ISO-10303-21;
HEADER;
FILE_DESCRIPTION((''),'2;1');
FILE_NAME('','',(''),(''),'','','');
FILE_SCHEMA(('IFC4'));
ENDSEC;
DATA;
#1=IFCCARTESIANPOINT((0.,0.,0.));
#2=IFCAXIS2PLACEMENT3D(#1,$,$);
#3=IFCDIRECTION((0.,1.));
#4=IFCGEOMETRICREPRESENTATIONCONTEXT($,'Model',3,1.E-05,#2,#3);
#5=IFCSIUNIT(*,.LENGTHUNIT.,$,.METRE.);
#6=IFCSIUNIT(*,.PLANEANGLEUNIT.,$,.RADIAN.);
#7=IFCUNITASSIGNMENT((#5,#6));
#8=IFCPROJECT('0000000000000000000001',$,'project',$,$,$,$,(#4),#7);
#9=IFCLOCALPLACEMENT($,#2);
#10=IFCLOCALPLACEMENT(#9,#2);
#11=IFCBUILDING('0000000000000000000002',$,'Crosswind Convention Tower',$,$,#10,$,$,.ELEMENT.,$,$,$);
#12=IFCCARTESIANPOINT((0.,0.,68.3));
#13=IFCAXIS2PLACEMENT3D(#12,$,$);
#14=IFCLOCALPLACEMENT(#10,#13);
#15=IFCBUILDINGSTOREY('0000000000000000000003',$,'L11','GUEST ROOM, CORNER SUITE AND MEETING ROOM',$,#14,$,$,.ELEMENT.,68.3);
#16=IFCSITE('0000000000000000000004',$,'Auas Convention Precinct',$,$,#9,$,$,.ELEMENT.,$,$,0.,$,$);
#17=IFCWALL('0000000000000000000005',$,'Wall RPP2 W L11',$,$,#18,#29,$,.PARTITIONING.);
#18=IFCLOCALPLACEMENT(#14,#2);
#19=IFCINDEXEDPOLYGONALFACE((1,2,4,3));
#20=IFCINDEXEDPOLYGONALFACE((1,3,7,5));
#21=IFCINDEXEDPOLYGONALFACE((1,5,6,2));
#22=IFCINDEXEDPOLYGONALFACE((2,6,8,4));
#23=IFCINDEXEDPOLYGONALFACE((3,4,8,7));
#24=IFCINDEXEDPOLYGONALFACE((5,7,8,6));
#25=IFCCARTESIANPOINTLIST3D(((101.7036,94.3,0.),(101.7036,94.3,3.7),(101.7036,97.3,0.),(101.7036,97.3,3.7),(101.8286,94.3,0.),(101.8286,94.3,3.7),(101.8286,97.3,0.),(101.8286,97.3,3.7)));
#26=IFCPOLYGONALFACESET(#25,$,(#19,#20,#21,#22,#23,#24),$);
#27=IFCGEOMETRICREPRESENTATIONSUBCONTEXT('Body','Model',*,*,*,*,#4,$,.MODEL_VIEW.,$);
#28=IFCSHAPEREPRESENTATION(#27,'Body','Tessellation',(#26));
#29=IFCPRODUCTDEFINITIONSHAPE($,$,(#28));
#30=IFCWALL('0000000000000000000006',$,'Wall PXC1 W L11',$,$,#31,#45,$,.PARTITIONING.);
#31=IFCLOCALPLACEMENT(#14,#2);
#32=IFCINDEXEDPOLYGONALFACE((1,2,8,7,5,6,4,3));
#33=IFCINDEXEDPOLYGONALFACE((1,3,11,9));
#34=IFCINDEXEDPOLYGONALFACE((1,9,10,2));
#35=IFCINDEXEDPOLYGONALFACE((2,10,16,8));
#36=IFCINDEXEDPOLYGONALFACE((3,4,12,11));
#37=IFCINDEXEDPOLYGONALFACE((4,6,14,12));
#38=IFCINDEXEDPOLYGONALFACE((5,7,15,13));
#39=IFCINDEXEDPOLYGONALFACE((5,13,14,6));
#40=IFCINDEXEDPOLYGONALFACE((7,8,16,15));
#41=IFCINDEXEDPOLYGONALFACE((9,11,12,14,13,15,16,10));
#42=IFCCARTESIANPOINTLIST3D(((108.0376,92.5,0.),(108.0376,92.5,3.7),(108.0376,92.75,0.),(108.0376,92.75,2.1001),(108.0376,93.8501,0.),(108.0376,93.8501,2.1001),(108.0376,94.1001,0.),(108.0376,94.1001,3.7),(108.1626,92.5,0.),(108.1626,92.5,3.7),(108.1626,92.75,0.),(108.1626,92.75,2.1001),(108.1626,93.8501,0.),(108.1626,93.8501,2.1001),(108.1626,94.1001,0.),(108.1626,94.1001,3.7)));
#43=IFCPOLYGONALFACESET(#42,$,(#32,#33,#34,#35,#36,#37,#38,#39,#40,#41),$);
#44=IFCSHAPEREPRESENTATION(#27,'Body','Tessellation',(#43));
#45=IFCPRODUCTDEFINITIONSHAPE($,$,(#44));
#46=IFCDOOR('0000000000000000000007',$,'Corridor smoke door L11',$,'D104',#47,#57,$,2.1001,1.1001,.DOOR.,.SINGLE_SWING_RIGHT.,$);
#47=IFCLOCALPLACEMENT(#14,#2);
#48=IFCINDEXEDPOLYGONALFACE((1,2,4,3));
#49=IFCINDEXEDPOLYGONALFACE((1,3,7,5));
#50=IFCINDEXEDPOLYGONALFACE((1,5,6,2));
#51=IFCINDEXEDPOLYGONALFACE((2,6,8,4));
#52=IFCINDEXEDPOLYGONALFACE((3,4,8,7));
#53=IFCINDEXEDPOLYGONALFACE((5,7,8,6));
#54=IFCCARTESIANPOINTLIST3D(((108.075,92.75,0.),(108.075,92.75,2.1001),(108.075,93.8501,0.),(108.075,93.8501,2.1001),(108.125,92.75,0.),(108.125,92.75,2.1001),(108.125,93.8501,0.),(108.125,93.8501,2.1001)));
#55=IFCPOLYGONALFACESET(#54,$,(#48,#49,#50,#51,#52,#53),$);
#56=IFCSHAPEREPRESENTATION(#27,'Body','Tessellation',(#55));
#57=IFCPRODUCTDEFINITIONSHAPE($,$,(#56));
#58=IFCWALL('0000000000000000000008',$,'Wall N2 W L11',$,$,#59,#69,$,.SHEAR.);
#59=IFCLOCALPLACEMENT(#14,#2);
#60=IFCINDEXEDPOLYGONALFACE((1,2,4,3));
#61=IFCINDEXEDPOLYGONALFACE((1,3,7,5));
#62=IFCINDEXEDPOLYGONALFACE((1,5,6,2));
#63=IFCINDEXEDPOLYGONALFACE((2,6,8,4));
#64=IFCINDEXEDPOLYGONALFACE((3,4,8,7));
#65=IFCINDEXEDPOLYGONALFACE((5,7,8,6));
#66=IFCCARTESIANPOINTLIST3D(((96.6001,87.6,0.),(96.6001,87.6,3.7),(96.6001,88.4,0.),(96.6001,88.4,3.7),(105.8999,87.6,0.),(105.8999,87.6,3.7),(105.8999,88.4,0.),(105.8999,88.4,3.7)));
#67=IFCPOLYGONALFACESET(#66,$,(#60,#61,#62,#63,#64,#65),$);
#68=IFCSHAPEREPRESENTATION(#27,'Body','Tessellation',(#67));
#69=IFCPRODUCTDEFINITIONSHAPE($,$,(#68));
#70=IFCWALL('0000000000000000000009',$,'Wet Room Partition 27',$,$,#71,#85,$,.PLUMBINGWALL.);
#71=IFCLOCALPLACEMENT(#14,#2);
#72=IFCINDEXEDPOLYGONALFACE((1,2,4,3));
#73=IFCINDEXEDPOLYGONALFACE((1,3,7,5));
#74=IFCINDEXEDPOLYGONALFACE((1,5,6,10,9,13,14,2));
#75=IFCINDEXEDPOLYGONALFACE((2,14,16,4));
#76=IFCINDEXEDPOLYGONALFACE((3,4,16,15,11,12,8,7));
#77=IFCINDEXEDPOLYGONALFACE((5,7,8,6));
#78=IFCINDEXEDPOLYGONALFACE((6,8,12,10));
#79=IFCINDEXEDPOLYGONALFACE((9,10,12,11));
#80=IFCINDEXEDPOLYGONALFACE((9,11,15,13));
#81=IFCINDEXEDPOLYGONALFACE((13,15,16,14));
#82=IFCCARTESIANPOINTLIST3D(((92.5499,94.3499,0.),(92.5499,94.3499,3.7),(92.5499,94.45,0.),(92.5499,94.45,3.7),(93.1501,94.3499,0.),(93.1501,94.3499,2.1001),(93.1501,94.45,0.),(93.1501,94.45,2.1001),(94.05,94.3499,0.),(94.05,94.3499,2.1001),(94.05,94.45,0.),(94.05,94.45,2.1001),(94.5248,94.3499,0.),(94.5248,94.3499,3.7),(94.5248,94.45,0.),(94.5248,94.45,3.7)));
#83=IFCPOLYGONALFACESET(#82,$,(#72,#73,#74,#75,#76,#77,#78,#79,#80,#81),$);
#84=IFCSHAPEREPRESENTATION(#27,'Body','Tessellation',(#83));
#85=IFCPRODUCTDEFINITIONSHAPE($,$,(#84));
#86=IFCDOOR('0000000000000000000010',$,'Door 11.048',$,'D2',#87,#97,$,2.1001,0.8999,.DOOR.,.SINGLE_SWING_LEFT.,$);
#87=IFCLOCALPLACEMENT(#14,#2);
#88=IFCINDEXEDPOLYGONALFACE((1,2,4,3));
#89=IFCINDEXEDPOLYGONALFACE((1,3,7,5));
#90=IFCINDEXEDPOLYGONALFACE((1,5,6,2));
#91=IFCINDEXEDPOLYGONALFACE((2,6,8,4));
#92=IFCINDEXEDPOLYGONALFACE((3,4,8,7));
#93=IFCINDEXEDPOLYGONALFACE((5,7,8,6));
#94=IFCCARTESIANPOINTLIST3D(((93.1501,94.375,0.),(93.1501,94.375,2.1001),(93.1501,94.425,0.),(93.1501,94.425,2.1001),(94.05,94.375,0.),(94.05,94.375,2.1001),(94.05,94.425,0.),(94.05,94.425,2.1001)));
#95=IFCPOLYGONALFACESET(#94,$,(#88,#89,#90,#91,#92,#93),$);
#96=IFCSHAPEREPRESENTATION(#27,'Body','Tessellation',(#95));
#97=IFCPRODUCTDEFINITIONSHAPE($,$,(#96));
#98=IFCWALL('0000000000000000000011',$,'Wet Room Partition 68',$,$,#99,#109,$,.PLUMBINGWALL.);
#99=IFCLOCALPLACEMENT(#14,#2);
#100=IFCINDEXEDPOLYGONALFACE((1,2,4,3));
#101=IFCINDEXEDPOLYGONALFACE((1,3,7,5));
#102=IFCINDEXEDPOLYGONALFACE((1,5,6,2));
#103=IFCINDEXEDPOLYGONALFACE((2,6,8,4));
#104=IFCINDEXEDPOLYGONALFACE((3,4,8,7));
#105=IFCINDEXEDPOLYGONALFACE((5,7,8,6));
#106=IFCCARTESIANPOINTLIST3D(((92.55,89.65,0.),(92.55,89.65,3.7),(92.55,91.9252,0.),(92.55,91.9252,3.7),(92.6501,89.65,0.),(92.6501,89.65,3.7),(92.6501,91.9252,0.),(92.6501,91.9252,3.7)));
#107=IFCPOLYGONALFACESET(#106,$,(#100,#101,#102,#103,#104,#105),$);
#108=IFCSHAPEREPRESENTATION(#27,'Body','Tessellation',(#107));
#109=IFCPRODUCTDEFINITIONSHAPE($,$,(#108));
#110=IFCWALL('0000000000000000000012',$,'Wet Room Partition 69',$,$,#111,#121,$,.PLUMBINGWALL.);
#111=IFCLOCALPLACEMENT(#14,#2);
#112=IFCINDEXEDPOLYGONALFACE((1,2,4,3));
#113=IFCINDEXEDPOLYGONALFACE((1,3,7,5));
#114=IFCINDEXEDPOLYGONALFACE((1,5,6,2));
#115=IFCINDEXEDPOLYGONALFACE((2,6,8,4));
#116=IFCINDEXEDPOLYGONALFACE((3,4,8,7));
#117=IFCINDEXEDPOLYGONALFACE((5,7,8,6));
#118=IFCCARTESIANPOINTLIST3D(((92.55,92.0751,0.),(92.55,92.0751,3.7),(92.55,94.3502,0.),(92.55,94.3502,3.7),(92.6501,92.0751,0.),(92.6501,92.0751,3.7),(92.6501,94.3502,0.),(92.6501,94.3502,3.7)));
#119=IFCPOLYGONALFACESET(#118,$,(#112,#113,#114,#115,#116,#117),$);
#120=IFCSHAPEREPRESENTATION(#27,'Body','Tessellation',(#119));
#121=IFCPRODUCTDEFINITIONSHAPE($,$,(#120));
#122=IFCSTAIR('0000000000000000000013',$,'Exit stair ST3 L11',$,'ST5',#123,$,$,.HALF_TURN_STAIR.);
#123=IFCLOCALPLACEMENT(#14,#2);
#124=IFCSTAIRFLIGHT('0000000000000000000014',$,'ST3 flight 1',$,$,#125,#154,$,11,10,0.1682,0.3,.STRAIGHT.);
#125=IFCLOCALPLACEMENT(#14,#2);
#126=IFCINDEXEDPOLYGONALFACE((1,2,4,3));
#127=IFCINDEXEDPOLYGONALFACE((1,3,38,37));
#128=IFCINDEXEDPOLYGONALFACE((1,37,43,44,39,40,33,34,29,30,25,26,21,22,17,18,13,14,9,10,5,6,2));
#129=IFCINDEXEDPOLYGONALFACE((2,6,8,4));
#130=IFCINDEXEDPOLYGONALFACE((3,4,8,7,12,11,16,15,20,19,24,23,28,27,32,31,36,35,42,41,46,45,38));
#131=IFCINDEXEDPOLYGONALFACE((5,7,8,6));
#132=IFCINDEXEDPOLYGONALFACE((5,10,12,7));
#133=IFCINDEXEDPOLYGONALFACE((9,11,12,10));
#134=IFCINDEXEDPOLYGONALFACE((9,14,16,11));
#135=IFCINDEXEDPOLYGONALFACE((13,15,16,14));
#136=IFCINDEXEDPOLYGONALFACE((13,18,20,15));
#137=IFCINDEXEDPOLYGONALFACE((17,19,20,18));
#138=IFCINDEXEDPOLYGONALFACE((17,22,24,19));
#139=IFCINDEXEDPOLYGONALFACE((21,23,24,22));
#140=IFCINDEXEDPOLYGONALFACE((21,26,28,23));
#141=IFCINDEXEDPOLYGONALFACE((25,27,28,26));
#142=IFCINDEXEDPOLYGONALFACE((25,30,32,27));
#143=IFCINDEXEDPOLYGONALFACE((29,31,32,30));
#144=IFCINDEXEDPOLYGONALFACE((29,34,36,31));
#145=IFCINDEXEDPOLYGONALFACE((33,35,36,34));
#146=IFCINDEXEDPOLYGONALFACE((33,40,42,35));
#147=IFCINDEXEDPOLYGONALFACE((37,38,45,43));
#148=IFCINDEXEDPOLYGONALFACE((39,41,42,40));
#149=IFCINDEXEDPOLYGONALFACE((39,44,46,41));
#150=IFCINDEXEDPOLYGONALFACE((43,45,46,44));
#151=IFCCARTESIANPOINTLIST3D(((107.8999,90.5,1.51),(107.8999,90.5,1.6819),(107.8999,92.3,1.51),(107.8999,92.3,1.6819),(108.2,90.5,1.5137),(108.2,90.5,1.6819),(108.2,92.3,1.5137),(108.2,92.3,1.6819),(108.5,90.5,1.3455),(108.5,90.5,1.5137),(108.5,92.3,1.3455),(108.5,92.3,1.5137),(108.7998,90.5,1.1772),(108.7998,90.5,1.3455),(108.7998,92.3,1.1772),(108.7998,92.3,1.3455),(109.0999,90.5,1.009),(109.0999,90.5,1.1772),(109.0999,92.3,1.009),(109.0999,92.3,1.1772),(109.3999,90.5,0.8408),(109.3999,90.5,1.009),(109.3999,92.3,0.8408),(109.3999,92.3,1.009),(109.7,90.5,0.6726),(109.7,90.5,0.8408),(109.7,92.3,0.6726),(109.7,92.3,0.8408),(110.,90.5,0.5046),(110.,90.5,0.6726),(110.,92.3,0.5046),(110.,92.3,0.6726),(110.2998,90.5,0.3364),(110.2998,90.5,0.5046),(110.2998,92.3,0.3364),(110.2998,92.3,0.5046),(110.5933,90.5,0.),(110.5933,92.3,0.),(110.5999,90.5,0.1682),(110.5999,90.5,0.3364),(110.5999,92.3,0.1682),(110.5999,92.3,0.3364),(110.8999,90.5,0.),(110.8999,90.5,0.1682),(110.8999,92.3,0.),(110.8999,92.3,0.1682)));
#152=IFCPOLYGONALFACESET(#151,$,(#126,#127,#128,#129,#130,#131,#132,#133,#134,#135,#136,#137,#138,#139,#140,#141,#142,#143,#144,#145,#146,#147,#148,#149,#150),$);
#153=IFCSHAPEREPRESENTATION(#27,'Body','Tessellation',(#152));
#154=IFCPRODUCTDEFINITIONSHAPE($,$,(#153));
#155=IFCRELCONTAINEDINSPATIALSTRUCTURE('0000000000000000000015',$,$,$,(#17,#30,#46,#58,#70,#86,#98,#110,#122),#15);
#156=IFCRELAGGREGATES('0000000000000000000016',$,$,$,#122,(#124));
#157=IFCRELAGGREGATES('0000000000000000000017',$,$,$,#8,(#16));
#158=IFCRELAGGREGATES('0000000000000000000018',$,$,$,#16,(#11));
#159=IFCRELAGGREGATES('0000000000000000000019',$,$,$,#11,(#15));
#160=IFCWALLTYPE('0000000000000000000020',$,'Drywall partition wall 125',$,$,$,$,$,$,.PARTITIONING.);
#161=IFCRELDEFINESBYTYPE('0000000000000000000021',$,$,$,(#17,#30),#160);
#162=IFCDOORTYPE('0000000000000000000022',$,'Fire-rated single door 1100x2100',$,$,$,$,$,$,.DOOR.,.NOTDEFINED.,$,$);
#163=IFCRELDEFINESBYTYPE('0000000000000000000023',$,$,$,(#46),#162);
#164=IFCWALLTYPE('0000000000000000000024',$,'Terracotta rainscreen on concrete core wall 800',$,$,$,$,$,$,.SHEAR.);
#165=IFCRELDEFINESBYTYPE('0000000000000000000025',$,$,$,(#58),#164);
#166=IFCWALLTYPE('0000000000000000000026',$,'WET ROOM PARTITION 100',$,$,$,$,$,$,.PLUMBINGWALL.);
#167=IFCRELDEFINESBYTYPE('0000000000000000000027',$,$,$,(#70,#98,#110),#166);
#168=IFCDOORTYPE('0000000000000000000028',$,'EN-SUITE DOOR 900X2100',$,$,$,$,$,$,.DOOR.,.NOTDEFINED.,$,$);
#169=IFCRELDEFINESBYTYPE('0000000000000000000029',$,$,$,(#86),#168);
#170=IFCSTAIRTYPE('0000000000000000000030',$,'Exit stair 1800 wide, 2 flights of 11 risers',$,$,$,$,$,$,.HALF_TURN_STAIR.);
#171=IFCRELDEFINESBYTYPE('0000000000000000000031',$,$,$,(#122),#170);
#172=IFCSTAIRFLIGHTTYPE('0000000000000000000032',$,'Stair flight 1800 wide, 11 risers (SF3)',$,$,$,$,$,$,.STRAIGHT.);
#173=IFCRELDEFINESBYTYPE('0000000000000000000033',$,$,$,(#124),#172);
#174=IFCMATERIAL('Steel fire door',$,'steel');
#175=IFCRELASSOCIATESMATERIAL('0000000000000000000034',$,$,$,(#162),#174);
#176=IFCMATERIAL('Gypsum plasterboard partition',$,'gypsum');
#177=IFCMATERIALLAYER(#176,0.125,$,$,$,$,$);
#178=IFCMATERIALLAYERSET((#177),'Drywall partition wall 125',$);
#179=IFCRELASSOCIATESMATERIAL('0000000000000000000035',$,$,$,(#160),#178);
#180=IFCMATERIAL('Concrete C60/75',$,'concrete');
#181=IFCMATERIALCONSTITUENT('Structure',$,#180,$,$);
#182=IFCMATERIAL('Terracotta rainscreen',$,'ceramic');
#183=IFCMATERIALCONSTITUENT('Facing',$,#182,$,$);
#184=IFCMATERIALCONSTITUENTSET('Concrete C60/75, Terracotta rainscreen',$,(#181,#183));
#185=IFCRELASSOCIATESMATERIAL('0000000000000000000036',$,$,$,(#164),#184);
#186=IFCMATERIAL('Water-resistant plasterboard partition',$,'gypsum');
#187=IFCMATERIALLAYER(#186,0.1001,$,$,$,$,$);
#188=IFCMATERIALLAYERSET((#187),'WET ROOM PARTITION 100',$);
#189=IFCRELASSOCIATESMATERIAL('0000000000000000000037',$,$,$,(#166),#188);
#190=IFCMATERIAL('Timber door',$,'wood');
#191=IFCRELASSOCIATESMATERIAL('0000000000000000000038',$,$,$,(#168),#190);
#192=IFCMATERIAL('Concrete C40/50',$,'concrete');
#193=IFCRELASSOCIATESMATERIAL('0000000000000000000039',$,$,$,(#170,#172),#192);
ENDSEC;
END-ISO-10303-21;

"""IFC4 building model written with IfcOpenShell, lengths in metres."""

from ifc_helpers import new_model, si_unit, direction, frame, frame_2d, origin, place, context, subcontext, project, spatial, polyline, rectangle, outline, extrude, material, layer, layer_set, constituent, constituent_set, type_object, element, fill, aggregate, save


model = new_model("IFC4")

# Units and contexts
model_context = context("Model", 3, precision=1e-05, world=origin(), true_north=direction((0.0, 1.0)))
body_context = subcontext(model_context, "Body", "Model", "MODEL_VIEW")
ifc_project = project(units=[si_unit("LENGTHUNIT", "METRE"), si_unit("PLANEANGLEUNIT", "RADIAN")], contexts=[model_context])

# Site, building, storey
site_placement = place(None, origin())
site = spatial("IfcSite", under=ifc_project, at=site_placement, Name="Auas Convention Precinct", CompositionType="ELEMENT", RefElevation=0.0)
building_placement = place(site_placement, origin())
building = spatial("IfcBuilding", under=site, at=building_placement, Name="Crosswind Convention Tower", CompositionType="ELEMENT")
storey_placement = place(building_placement, frame((0.0, 0.0, 68.3)))
storey = spatial("IfcBuildingStorey", under=building, at=storey_placement, Name="L11", Description="GUEST ROOM, CORNER SUITE AND MEETING ROOM", CompositionType="ELEMENT", Elevation=68.3)

# Shared definitions
ifc_material_1 = material(Name="Steel fire door", Category="steel")
door_type_1 = type_object("IfcDoorType", Name="Fire-rated single door 1100x2100", OperationType="NOTDEFINED", PredefinedType="DOOR", material=ifc_material_1)
ifc_material_2 = material(Name="Timber door", Category="wood")

# Wall
ifc_material_3 = material(Name="Gypsum plasterboard partition", Category="gypsum")
ifc_layer_1 = layer(ifc_material_3, 0.125)
ifc_layer_set_1 = layer_set([ifc_layer_1], Name="Drywall partition wall 125")
wall_type_1 = type_object("IfcWallType", Name="Drywall partition wall 125", PredefinedType="PARTITIONING", material=ifc_layer_set_1)
for number, where, z_axis, x_axis, name in (
    (1, (101.7661, 97.3, 0.0), (0.0, 0.0, 1.0), (0.0, -1.0, 0.0), "Wall RPP2 W L11"),
):
    element("IfcWall", number, at=place(storey_placement, frame(where, z_axis=z_axis, x_axis=x_axis)), inside=storey, type_object=wall_type_1, Name=name, PredefinedType="PARTITIONING", context=body_context, shape_type="SweptSolid", body=[
        extrude(rectangle(XDim=3.0, YDim=0.125, at=frame_2d((1.5, 0.0))), origin(), (0.0, 0.0, 1.0), 3.7),
    ])

# Wall, opening, door
wall_1_placement = place(storey_placement, frame((108.1001, 94.1001, 0.0), z_axis=(0.0, 0.0, 1.0), x_axis=(0.0, -1.0, 0.0)))
wall_1 = element("IfcWall", 2, at=wall_1_placement, inside=storey, type_object=wall_type_1, Name="Wall PXC1 W L11", PredefinedType="PARTITIONING", context=body_context, shape_type="SweptSolid", body=[
    extrude(rectangle(XDim=1.6001, YDim=0.125, at=frame_2d((0.8, 0.0))), origin(), (0.0, 0.0, 1.0), 3.7),
])
opening_1_placement = place(wall_1_placement, frame((0.25, 0.0, 0.0)))
opening_1 = element("IfcOpeningElement", 3, at=opening_1_placement, cuts=wall_1, PredefinedType="OPENING", context=body_context, shape_type="SweptSolid", body=[
    extrude(rectangle(XDim=1.1001, YDim=2.1001, at=frame_2d((0.55, 1.05))), frame((0.0, 0.0725, 0.0), z_axis=(0.0, -1.0, 0.0), x_axis=(1.0, 0.0, 0.0)), (0.0, 0.0, 1.0), 0.145),
])
door_1_placement = place(opening_1_placement, origin())
door_1 = element("IfcDoor", 4, at=door_1_placement, inside=storey, type_object=door_type_1, Name="Corridor smoke door L11", ObjectType="D104", OperationType="SINGLE_SWING_RIGHT", OverallHeight=2.1001, OverallWidth=1.1001, PredefinedType="DOOR", context=body_context, shape_type="SweptSolid", body=[
    extrude(rectangle(XDim=1.1001, YDim=2.1001, at=frame_2d((0.55, 1.05))), frame((0.0, 0.0249, 0.0), z_axis=(0.0, -1.0, 0.0), x_axis=(1.0, 0.0, 0.0)), (0.0, 0.0, 1.0), 0.05),
])
fill(opening_1, door_1)
ifc_material_4 = material(Name="Terracotta rainscreen", Category="ceramic")

# Wall
ifc_material_5 = material(Name="Concrete C60/75", Category="concrete")
ifc_constituent_1 = constituent(ifc_material_5, Name="Structure")
ifc_constituent_2 = constituent(ifc_material_4, Name="Facing")
ifc_constituent_set = constituent_set(constituents=[ifc_constituent_1, ifc_constituent_2], Name="Concrete C60/75, Terracotta rainscreen")
wall_type_2 = type_object("IfcWallType", Name="Terracotta rainscreen on concrete core wall 800", PredefinedType="SHEAR", material=ifc_constituent_set)
wall_2_placement = place(storey_placement, frame((105.8999, 88.0, 0.0), z_axis=(0.0, 0.0, 1.0), x_axis=(-1.0, 0.0, 0.0)))
element("IfcWall", 5, at=wall_2_placement, inside=storey, type_object=wall_type_2, Name="Wall N2 W L11", PredefinedType="SHEAR", context=body_context, shape_type="SweptSolid", body=[
    extrude(rectangle(XDim=9.2998, YDim=0.8, at=frame_2d((4.6499, 0.0))), origin(), (0.0, 0.0, 1.0), 3.7),
])

# Wall, opening, door
ifc_material_6 = material(Name="Water-resistant plasterboard partition", Category="gypsum")
ifc_layer_2 = layer(ifc_material_6, 0.1001)
ifc_layer_set_2 = layer_set([ifc_layer_2], Name="WET ROOM PARTITION 100")
wall_type_3 = type_object("IfcWallType", Name="WET ROOM PARTITION 100", PredefinedType="PLUMBINGWALL", material=ifc_layer_set_2)
wall_3_placement = place(storey_placement, frame((92.55, 94.3999, 0.0), z_axis=(0.0, 0.0, 1.0), x_axis=(1.0, 0.0, 0.0)))
wall_3 = element("IfcWall", 6, at=wall_3_placement, inside=storey, type_object=wall_type_3, Name="Wet Room Partition 27", PredefinedType="PLUMBINGWALL", context=body_context, shape_type="SweptSolid", body=[
    extrude(rectangle(XDim=1.9749, YDim=0.1001, at=frame_2d((0.9873, 0.0))), origin(), (0.0, 0.0, 1.0), 3.7),
])
opening_2_placement = place(wall_3_placement, frame((0.6001, 0.0, 0.0)))
opening_2 = element("IfcOpeningElement", 7, at=opening_2_placement, cuts=wall_3, PredefinedType="OPENING", context=body_context, shape_type="SweptSolid", body=[
    extrude(rectangle(XDim=0.8999, YDim=2.1001, at=frame_2d((0.45, 1.05))), frame((0.0, 0.0601, 0.0), z_axis=(0.0, -1.0, 0.0), x_axis=(1.0, 0.0, 0.0)), (0.0, 0.0, 1.0), 0.1201),
])
door_type_2 = type_object("IfcDoorType", Name="EN-SUITE DOOR 900X2100", OperationType="NOTDEFINED", PredefinedType="DOOR", material=ifc_material_2)
door_2_placement = place(opening_2_placement, frame((0.8999, 0.0, 0.0), z_axis=(0.0, 0.0, 1.0), x_axis=(-1.0, 0.0, 0.0)))
door_2 = element("IfcDoor", 8, at=door_2_placement, inside=storey, type_object=door_type_2, Name="Door 11.048", ObjectType="D2", OperationType="SINGLE_SWING_LEFT", OverallHeight=2.1001, OverallWidth=0.8999, PredefinedType="DOOR", context=body_context, shape_type="SweptSolid", body=[
    extrude(rectangle(XDim=0.8999, YDim=2.1001, at=frame_2d((0.45, 1.05))), frame((0.0, 0.0249, 0.0), z_axis=(0.0, -1.0, 0.0), x_axis=(1.0, 0.0, 0.0)), (0.0, 0.0, 1.0), 0.05),
])
fill(opening_2, door_2)

# Walls
for number, where, z_axis, x_axis, name in (
    (9, (92.6001, 89.6499, 0.0), (0.0, 0.0, 1.0), (0.0, 1.0, 0.0), "Wet Room Partition 68"),
    (10, (92.6001, 92.075, 0.0), (0.0, 0.0, 1.0), (0.0, 1.0, 0.0), "Wet Room Partition 69"),
):
    element("IfcWall", number, at=place(storey_placement, frame(where, z_axis=z_axis, x_axis=x_axis)), inside=storey, type_object=wall_type_3, Name=name, PredefinedType="PLUMBINGWALL", context=body_context, shape_type="SweptSolid", body=[
        extrude(rectangle(XDim=2.2751, YDim=0.1001, at=frame_2d((1.1377, 0.0))), origin(), (0.0, 0.0, 1.0), 3.7),
    ])

# Stair, stair flight
ifc_material_7 = material(Name="Concrete C40/50", Category="concrete")
stair_type = type_object("IfcStairType", Name="Exit stair 1800 wide, 2 flights of 11 risers", PredefinedType="HALF_TURN_STAIR", material=ifc_material_7)
stair_placement = place(storey_placement, origin())
stair = element("IfcStair", 11, at=stair_placement, inside=storey, type_object=stair_type, Name="Exit stair ST3 L11", ObjectType="ST5", PredefinedType="HALF_TURN_STAIR")
stair_flight_type = type_object("IfcStairFlightType", Name="Stair flight 1800 wide, 11 risers (SF3)", PredefinedType="STRAIGHT", material=ifc_material_7)
stair_flight_1_placement = place(storey_placement, frame((110.8999, 91.3999, 0.0), z_axis=(0.0, 0.0, 1.0), x_axis=(-1.0, 0.0, 0.0)))
stair_flight_1 = element("IfcStairFlight", 12, at=stair_flight_1_placement, type_object=stair_flight_type, Name="ST3 flight 1", NumberOfRisers=11, NumberOfTreads=10, PredefinedType="STRAIGHT", RiserHeight=0.1682, TreadLength=0.3, context=body_context, shape_type="SweptSolid", body=[
    extrude(outline(polyline([(0.0, 0.0), (0.0, 0.1682), (0.3, 0.1682), (0.3, 0.3364), (0.6001, 0.3364), (0.6001, 0.5046), (0.8999, 0.5046), (0.8999, 0.6726), (1.2, 0.6726), (1.2, 0.8408), (1.5, 0.8408), (1.5, 1.009), (1.8, 1.009), (1.8, 1.1772), (2.1001, 1.1772), (2.1001, 1.3455), (2.3999, 1.3455), (2.3999, 1.5137), (2.7, 1.5137), (2.7, 1.6819), (3.0, 1.6819), (3.0, 1.8501), (3.0, 1.51), (0.3066, 0.0), (0.0, 0.0)])), frame((0.0, 0.8999, 0.0), z_axis=(0.0, -1.0, 0.0), x_axis=(1.0, 0.0, 0.0)), (0.0, 0.0, 1.0), 1.8),
])
aggregate(stair, [stair_flight_1])

save(model, "model.ifc")
